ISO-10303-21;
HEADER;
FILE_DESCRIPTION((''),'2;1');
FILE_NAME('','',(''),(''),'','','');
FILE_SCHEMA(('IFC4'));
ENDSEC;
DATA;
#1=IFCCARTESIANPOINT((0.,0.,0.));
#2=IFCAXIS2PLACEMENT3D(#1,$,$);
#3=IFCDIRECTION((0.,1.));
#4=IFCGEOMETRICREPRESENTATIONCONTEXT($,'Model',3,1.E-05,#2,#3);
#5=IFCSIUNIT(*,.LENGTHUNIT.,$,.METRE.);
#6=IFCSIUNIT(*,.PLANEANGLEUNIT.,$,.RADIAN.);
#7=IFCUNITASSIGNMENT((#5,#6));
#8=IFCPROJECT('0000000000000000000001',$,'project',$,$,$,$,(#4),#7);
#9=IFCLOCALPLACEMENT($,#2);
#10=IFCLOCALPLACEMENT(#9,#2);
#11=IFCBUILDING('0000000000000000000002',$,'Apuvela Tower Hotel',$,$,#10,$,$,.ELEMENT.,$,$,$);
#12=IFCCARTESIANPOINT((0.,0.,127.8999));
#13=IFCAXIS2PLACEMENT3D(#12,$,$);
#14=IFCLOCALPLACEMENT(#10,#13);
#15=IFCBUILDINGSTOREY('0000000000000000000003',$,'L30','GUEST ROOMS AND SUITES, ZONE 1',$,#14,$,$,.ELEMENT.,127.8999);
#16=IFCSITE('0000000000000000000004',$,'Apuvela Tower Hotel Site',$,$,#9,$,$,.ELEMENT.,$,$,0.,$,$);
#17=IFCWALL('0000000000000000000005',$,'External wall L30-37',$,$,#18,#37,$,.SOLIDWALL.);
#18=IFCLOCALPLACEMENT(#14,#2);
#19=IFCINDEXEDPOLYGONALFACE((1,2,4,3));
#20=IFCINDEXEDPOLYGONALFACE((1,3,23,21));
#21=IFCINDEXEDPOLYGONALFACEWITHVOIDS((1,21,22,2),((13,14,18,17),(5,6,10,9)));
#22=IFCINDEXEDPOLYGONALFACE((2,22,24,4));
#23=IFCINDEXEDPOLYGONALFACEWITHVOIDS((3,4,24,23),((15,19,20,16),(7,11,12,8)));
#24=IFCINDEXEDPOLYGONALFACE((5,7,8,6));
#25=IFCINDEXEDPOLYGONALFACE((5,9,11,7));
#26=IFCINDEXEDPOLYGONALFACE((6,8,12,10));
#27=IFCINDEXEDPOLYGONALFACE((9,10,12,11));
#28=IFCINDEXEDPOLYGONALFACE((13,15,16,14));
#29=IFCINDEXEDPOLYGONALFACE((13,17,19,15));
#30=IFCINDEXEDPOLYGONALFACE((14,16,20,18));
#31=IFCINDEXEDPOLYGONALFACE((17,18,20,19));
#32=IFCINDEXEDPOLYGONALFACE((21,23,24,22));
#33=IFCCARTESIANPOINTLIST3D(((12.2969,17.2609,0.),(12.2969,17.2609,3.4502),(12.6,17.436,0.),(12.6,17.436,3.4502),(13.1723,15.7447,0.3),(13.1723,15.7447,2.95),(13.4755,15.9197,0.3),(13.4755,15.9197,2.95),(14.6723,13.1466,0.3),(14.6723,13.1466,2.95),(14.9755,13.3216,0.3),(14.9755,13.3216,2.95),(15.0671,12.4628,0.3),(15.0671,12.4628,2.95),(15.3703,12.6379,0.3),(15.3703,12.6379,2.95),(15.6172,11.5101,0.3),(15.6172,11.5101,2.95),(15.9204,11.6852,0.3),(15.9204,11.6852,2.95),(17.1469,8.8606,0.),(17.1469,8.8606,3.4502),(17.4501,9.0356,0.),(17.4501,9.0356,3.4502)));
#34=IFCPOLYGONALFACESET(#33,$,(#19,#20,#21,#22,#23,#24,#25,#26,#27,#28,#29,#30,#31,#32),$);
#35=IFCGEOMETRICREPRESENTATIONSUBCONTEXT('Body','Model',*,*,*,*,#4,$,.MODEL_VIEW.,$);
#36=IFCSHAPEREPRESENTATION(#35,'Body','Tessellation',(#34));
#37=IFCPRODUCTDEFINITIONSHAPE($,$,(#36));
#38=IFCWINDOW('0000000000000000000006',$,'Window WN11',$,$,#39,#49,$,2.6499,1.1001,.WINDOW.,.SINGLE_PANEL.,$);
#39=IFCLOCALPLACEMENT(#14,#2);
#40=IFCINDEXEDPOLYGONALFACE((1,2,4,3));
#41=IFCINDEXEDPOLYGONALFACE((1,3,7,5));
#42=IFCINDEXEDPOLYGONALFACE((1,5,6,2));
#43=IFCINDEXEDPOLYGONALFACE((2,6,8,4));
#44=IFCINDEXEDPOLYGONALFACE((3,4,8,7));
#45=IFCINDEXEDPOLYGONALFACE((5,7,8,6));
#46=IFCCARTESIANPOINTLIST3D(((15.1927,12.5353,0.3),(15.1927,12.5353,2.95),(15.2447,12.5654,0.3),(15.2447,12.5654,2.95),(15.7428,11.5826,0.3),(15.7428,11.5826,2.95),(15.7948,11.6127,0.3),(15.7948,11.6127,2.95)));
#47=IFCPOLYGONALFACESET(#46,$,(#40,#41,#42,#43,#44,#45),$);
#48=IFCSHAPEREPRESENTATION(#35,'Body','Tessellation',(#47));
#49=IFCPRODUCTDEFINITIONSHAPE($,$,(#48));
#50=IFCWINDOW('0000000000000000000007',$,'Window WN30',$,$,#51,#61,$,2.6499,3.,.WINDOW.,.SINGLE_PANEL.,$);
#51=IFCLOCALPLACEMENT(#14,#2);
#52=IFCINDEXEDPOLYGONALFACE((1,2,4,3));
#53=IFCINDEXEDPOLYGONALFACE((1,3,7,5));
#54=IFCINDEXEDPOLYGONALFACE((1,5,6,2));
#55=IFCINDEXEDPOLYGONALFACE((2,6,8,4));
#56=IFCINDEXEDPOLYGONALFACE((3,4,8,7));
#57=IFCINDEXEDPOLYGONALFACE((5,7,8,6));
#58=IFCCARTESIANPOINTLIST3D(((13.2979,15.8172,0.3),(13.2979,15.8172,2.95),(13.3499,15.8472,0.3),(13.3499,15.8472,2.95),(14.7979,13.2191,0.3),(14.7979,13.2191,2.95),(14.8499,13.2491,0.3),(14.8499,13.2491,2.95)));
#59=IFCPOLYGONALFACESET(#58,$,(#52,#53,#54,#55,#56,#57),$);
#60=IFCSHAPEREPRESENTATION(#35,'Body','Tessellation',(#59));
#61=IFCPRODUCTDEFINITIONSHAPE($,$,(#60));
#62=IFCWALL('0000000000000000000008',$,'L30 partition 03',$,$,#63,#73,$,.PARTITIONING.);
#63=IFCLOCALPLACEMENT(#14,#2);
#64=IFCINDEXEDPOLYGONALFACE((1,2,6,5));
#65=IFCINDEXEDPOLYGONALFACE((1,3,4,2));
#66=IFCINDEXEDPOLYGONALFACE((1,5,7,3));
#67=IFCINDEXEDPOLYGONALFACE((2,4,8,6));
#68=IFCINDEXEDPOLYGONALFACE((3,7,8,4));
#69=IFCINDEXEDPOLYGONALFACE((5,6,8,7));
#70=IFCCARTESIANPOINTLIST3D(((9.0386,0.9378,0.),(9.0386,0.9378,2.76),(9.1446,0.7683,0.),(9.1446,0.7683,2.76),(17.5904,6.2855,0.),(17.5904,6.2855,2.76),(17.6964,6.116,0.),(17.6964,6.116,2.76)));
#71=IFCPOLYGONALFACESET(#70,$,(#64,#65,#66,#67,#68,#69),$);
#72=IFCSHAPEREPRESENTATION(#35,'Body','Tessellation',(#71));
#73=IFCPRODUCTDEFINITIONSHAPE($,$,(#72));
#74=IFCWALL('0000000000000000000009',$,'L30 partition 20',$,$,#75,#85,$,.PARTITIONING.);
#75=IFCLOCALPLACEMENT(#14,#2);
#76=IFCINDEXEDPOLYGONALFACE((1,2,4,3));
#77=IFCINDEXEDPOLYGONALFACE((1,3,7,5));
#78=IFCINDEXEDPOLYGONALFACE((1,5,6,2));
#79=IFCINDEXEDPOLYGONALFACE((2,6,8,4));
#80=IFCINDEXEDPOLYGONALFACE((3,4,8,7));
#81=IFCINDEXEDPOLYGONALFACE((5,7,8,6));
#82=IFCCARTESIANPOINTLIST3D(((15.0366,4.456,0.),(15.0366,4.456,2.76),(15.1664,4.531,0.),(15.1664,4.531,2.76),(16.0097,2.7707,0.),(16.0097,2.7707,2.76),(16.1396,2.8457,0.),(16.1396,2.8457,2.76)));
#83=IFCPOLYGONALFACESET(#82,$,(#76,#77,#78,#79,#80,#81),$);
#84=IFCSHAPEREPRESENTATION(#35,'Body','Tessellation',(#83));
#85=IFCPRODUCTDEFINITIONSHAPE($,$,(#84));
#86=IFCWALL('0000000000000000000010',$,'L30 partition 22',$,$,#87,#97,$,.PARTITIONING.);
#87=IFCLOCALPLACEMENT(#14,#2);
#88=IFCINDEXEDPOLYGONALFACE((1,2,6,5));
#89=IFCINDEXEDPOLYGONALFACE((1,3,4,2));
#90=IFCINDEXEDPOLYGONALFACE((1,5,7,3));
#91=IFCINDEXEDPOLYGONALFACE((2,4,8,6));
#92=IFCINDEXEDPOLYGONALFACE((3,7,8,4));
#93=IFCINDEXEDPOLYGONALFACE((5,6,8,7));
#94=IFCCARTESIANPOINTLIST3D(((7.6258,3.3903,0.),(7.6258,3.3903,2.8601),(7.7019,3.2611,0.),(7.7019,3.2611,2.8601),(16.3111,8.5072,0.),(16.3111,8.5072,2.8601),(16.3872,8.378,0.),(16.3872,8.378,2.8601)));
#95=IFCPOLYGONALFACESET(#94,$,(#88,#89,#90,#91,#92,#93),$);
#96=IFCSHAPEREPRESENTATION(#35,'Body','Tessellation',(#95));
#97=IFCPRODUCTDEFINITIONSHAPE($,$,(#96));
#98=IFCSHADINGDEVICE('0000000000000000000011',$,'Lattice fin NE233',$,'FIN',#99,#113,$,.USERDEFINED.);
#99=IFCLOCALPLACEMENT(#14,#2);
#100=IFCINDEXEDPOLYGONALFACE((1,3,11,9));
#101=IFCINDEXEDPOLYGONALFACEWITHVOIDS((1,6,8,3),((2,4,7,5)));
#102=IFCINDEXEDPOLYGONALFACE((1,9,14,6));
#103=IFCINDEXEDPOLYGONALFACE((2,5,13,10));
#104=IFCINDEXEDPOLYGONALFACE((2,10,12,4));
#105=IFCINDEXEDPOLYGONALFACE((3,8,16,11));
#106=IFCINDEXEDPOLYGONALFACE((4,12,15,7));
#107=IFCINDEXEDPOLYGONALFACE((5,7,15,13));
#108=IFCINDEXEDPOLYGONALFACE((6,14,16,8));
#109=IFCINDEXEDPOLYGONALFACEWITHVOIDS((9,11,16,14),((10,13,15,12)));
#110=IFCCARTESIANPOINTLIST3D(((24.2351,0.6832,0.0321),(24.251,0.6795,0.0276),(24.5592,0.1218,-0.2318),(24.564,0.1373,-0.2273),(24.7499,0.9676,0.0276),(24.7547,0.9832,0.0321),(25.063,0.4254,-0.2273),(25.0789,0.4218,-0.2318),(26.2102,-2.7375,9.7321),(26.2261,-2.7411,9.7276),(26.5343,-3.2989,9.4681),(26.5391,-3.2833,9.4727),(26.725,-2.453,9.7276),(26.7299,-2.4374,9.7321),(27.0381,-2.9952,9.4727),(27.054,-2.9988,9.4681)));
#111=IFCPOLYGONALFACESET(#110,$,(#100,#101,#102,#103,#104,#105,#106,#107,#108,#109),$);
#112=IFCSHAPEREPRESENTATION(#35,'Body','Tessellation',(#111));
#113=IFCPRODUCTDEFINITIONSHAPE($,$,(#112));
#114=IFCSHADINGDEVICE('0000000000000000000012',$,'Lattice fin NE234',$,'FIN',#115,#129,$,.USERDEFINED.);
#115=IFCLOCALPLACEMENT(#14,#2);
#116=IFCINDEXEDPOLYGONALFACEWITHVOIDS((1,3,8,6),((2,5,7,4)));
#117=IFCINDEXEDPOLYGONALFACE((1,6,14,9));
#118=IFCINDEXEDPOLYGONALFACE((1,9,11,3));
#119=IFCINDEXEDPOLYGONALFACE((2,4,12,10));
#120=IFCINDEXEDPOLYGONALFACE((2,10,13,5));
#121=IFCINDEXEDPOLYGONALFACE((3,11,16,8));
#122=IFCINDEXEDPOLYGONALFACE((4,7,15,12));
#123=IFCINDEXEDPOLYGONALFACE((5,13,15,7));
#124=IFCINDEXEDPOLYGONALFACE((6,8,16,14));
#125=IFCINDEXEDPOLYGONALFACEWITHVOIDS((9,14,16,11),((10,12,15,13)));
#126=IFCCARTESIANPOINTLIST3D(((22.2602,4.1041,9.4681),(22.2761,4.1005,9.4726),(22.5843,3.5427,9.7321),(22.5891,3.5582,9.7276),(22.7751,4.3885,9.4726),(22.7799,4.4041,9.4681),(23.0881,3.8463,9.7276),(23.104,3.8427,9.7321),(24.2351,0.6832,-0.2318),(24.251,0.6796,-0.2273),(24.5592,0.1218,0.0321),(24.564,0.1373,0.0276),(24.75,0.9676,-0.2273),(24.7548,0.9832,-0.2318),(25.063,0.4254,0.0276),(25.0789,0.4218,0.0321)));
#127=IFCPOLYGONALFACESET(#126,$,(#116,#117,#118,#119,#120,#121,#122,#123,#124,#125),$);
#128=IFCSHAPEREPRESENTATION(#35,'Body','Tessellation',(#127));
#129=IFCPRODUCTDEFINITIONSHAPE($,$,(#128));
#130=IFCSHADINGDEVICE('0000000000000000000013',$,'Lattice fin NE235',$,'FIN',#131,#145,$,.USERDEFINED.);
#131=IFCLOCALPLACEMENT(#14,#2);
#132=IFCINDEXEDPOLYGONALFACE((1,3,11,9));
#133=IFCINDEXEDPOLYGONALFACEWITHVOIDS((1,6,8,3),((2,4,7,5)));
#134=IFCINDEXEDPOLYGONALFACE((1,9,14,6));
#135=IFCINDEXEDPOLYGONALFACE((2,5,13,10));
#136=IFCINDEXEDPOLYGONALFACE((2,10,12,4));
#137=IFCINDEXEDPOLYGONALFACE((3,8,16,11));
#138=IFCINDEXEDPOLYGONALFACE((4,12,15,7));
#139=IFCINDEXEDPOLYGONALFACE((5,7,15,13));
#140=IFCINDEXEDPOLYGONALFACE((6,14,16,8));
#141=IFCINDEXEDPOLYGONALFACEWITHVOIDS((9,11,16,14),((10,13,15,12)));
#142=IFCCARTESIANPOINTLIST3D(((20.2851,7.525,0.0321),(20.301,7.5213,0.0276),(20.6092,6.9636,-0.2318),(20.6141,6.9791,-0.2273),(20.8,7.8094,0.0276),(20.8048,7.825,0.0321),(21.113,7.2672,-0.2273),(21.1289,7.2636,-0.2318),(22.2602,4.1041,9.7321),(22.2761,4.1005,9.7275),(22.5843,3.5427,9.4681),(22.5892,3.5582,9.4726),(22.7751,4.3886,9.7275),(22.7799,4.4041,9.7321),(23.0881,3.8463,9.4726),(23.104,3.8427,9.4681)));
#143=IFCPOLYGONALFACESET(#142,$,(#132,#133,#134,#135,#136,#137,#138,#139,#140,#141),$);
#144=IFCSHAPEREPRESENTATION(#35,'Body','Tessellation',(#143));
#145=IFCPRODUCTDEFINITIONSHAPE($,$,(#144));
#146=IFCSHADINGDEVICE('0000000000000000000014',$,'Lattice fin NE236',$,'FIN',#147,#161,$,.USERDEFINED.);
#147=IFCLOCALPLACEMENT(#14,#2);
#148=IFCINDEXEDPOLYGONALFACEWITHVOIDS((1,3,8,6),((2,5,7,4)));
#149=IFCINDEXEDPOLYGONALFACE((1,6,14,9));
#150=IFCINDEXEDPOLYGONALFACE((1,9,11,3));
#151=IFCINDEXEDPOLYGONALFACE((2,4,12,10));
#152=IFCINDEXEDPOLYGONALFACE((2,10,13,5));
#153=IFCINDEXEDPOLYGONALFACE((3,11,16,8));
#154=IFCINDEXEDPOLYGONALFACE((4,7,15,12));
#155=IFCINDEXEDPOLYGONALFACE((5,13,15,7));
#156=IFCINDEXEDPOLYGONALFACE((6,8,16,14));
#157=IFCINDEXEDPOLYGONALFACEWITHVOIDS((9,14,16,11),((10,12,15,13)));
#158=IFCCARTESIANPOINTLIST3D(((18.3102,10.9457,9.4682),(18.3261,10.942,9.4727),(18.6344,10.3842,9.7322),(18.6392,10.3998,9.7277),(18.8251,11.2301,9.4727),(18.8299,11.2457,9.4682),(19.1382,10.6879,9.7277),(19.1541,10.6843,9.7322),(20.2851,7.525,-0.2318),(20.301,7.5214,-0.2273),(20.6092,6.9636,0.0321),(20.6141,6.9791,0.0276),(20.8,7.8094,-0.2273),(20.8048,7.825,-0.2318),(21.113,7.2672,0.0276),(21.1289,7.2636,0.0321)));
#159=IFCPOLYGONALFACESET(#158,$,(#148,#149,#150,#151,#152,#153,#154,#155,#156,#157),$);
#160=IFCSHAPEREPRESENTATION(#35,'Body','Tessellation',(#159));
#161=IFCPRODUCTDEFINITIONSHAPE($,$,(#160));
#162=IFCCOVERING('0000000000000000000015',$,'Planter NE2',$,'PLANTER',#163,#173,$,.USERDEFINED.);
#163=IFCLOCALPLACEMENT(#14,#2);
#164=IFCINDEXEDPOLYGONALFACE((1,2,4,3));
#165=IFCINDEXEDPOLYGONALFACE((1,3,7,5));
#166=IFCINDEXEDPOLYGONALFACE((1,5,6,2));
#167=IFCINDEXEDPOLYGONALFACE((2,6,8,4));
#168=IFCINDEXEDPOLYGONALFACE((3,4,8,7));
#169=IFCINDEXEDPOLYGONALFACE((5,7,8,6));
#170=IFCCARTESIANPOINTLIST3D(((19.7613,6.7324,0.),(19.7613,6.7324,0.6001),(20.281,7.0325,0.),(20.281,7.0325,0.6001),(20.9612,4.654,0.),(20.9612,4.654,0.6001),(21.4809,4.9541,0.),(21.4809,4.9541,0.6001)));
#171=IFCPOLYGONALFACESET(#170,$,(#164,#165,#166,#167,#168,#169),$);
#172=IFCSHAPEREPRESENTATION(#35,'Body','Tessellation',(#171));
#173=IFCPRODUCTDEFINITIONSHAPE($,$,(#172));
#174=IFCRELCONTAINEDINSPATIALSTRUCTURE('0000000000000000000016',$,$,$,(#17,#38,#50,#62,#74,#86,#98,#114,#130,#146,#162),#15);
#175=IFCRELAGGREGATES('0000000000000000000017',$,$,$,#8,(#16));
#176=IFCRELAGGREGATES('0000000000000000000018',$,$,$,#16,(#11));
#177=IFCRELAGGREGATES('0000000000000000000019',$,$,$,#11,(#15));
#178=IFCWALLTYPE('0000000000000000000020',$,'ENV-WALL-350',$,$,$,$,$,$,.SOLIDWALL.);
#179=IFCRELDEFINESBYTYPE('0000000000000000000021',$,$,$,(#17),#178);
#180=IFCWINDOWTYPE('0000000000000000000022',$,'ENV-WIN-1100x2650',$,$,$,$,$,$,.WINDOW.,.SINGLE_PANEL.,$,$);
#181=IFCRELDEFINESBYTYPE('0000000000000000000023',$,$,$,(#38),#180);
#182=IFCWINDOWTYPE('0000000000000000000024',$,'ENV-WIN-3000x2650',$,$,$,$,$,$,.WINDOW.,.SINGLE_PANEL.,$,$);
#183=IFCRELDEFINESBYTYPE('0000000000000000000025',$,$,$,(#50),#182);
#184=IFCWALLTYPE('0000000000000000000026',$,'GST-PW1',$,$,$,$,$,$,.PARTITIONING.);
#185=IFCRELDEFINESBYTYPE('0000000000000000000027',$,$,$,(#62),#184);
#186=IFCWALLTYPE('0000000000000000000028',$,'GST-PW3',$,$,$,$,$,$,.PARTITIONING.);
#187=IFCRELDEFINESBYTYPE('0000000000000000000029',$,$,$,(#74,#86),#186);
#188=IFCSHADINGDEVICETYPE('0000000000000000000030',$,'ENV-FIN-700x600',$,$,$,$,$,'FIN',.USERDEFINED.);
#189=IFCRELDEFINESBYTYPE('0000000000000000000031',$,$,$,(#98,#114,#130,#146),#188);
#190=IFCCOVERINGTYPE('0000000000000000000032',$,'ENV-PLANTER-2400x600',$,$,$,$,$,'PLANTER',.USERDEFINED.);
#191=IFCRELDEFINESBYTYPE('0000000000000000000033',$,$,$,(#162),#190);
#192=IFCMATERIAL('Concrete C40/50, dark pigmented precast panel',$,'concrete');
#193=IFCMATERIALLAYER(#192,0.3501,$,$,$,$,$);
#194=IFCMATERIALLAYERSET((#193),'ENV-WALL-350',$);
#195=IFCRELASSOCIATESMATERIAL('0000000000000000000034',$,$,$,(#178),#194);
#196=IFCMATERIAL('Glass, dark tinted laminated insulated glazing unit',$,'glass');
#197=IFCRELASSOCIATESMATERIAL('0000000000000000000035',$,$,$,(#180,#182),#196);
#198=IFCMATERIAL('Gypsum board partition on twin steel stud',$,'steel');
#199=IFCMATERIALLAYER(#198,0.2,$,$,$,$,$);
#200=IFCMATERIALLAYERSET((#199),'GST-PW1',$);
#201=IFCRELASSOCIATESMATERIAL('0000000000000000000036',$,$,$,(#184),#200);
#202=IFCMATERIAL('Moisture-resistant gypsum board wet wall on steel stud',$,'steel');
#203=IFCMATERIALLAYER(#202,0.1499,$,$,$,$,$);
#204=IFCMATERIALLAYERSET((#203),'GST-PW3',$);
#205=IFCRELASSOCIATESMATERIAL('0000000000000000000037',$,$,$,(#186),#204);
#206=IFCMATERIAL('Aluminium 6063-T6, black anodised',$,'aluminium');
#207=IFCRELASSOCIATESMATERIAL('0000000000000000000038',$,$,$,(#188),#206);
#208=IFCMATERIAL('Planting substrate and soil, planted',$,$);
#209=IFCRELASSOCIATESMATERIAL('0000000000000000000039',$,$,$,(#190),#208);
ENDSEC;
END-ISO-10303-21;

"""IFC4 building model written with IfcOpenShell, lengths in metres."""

from ifc_helpers import new_model, si_unit, direction, frame, frame_2d, origin, origin_2d, place, context, subcontext, project, spatial, rectangle, hollow_rectangle, extrude, material, layer, layer_set, material_profile, profile_set, type_object, element, fill, save


model = new_model("IFC4")

# Units and contexts
model_context = context("Model", 3, precision=1e-05, world=origin(), true_north=direction((0.0, 1.0)))
body_context = subcontext(model_context, "Body", "Model", "MODEL_VIEW")
ifc_project = project(units=[si_unit("LENGTHUNIT", "METRE"), si_unit("PLANEANGLEUNIT", "RADIAN")], contexts=[model_context])

# Site, building, storey
site_placement = place(None, origin())
site = spatial("IfcSite", under=ifc_project, at=site_placement, Name="Apuvela Tower Hotel Site", CompositionType="ELEMENT", RefElevation=0.0)
building_placement = place(site_placement, origin())
building = spatial("IfcBuilding", under=site, at=building_placement, Name="Apuvela Tower Hotel", CompositionType="ELEMENT")
storey_placement = place(building_placement, frame((0.0, 0.0, 127.8999)))
storey = spatial("IfcBuildingStorey", under=building, at=storey_placement, Name="L30", Description="GUEST ROOMS AND SUITES, ZONE 1", CompositionType="ELEMENT", Elevation=127.8999)

# Shared definitions
ifc_material_1 = material(Name="Concrete C40/50, dark pigmented precast panel", Category="concrete")
ifc_layer_1 = layer(ifc_material_1, 0.3501)
ifc_layer_set_1 = layer_set([ifc_layer_1], Name="ENV-WALL-350")
wall_type_1 = type_object("IfcWallType", Name="ENV-WALL-350", PredefinedType="SOLIDWALL", material=ifc_layer_set_1)

# Shared definitions
ifc_material_2 = material(Name="Glass, dark tinted laminated insulated glazing unit", Category="glass")

# Wall, openings, windows
wall_1_placement = place(storey_placement, frame((17.2986, 8.948, 0.0), z_axis=(0.0, 0.0, 1.0), x_axis=(-0.50001, 0.86602, 0.0)))
wall_1 = element("IfcWall", 1, at=wall_1_placement, inside=storey, type_object=wall_type_1, Name="External wall L30-37", PredefinedType="SOLIDWALL", context=body_context, shape_type="SweptSolid", body=[
    extrude(rectangle(XDim=9.7, YDim=0.3501, at=frame_2d((4.8501, 0.0))), origin(), (0.0, 0.0, 1.0), 3.4502),
])
opening_1_placement = place(wall_1_placement, frame((3.0596, 0.0, 0.3)))
opening_1 = element("IfcOpeningElement", 2, at=opening_1_placement, cuts=wall_1, PredefinedType="OPENING", context=body_context, shape_type="SweptSolid", body=[
    extrude(rectangle(XDim=1.1001, YDim=2.6499, at=frame_2d((0.55, 1.325))), frame((0.0, 0.1851, 0.0), z_axis=(0.0, -1.0, 0.0), x_axis=(1.0, 0.0, 0.0)), (0.0, 0.0, 1.0), 0.3701),
])
opening_2_placement = place(wall_1_placement, frame((4.9492, 0.0, 0.3)))
opening_2 = element("IfcOpeningElement", 3, at=opening_2_placement, cuts=wall_1, PredefinedType="OPENING", context=body_context, shape_type="SweptSolid", body=[
    extrude(rectangle(XDim=3.0, YDim=2.6499, at=frame_2d((1.5, 1.325))), frame((0.0, 0.1851, 0.0), z_axis=(0.0, -1.0, 0.0), x_axis=(1.0, 0.0, 0.0)), (0.0, 0.0, 1.0), 0.3701),
])
window_type_1 = type_object("IfcWindowType", Name="ENV-WIN-1100x2650", PartitioningType="SINGLE_PANEL", PredefinedType="WINDOW", material=ifc_material_2)
window_1_placement = place(opening_1_placement, origin())
window_1 = element("IfcWindow", 4, at=window_1_placement, inside=storey, type_object=window_type_1, Name="Window WN11", OverallHeight=2.6499, OverallWidth=1.1001, PartitioningType="SINGLE_PANEL", PredefinedType="WINDOW", context=body_context, shape_type="SweptSolid", body=[
    extrude(rectangle(XDim=1.1001, YDim=2.6499, at=frame_2d((0.55, 1.325))), frame((0.0, 0.03, 0.0), z_axis=(0.0, -1.0, 0.0), x_axis=(1.0, 0.0, 0.0)), (0.0, 0.0, 1.0), 0.0601),
])
fill(opening_1, window_1)
window_type_2 = type_object("IfcWindowType", Name="ENV-WIN-3000x2650", PartitioningType="SINGLE_PANEL", PredefinedType="WINDOW", material=ifc_material_2)
window_2_placement = place(opening_2_placement, origin())
window_2 = element("IfcWindow", 5, at=window_2_placement, inside=storey, type_object=window_type_2, Name="Window WN30", OverallHeight=2.6499, OverallWidth=3.0, PartitioningType="SINGLE_PANEL", PredefinedType="WINDOW", context=body_context, shape_type="SweptSolid", body=[
    extrude(rectangle(XDim=3.0, YDim=2.6499, at=frame_2d((1.5, 1.325))), frame((0.0, 0.03, 0.0), z_axis=(0.0, -1.0, 0.0), x_axis=(1.0, 0.0, 0.0)), (0.0, 0.0, 1.0), 0.0601),
])
fill(opening_2, window_2)

# Walls
ifc_material_3 = material(Name="Gypsum board partition on twin steel stud", Category="steel")
ifc_layer_2 = layer(ifc_material_3, 0.2)
ifc_layer_set_2 = layer_set([ifc_layer_2], Name="GST-PW1")
wall_type_2 = type_object("IfcWallType", Name="GST-PW1", PredefinedType="PARTITIONING", material=ifc_layer_set_2)
wall_2_placement = place(storey_placement, frame((17.6433, 6.2007, 0.0), z_axis=(0.0, 0.0, 1.0), x_axis=(-0.847873, -0.530199, 0.0)))
element("IfcWall", 6, at=wall_2_placement, inside=storey, type_object=wall_type_2, Name="L30 partition 03", PredefinedType="PARTITIONING", context=body_context, shape_type="SweptSolid", body=[
    extrude(rectangle(XDim=10.0862, YDim=0.2, at=frame_2d((5.043, 0.0))), origin(), (0.0, 0.0, 1.0), 2.76),
])
ifc_material_4 = material(Name="Moisture-resistant gypsum board wet wall on steel stud", Category="steel")
ifc_layer_3 = layer(ifc_material_4, 0.1499)
ifc_layer_set_3 = layer_set([ifc_layer_3], Name="GST-PW3")
wall_type_3 = type_object("IfcWallType", Name="GST-PW3", PredefinedType="PARTITIONING", material=ifc_layer_set_3)
wall_3_placement = place(storey_placement, frame((16.0747, 2.8081, 0.0), z_axis=(0.0, 0.0, 1.0), x_axis=(-0.500052, 0.865995, 0.0)))
element("IfcWall", 7, at=wall_3_placement, inside=storey, type_object=wall_type_3, Name="L30 partition 20", PredefinedType="PARTITIONING", context=body_context, shape_type="SweptSolid", body=[
    extrude(rectangle(XDim=1.946, YDim=0.1499, at=frame_2d((0.9731, 0.0))), origin(), (0.0, 0.0, 1.0), 2.76),
])
wall_4_placement = place(storey_placement, frame((16.3491, 8.4426, 0.0), z_axis=(0.0, 0.0, 1.0), x_axis=(-0.86159, -0.507605, 0.0)))
element("IfcWall", 8, at=wall_4_placement, inside=storey, type_object=wall_type_3, Name="L30 partition 22", PredefinedType="PARTITIONING", context=body_context, shape_type="SweptSolid", body=[
    extrude(rectangle(XDim=10.0806, YDim=0.1499, at=frame_2d((5.0403, 0.0))), origin(), (0.0, 0.0, 1.0), 2.8601),
])

# Shading devices
ifc_material_5 = material(Name="Aluminium 6063-T6, black anodised", Category="aluminium")
ifc_material_profile_1 = material_profile(ifc_material_5, hollow_rectangle(XDim=0.6001, YDim=0.7, WallThickness=0.012, at=origin_2d()), Name="AL BOX 700x600x12")
ifc_profile_set_1 = profile_set([ifc_material_profile_1], Name="Aluminium 6063-T6, black anodised")
shading_device_type = type_object("IfcShadingDeviceType", Name="ENV-FIN-700x600", ElementType="FIN", PredefinedType="USERDEFINED", material=ifc_profile_set_1)
for number, where, z_axis, x_axis, name in (
    (9, (24.657, 0.5525, -0.0999), (0.188583, -0.326606, 0.926156), (0.866005, 0.500035, 0.0), "Lattice fin NE233"),
    (10, (24.657, 0.5525, -0.0999), (-0.188559, 0.326628, 0.926153), (-0.866048, -0.499961, 0.0), "Lattice fin NE234"),
    (11, (20.707, 7.3943, -0.0999), (0.188582, -0.326627, 0.926149), (0.866021, 0.500008, 0.0), "Lattice fin NE235"),
    (12, (20.707, 7.3943, -0.0999), (-0.188561, 0.326607, 0.92616), (-0.866032, -0.499988, 0.0), "Lattice fin NE236"),
):
    element("IfcShadingDevice", number, at=place(storey_placement, frame(where, z_axis=z_axis, x_axis=x_axis)), inside=storey, type_object=shading_device_type, Name=name, ObjectType="FIN", PredefinedType="USERDEFINED", context=body_context, shape_type="SweptSolid", body=[
        extrude(hollow_rectangle(XDim=0.6001, YDim=0.7, WallThickness=0.012, at=origin_2d()), origin(), (0.0, 0.0, 1.0), 10.4734),
    ])

# Covering
ifc_material_6 = material(Name="Planting substrate and soil, planted")
covering_type = type_object("IfcCoveringType", Name="ENV-PLANTER-2400x600", ElementType="PLANTER", PredefinedType="USERDEFINED", material=ifc_material_6)
covering_placement = place(storey_placement, frame((20.6211, 5.8433, 0.0), z_axis=(0.0, 0.0, 1.0), x_axis=(-0.5, 0.866025, 0.0)))
element("IfcCovering", 13, at=covering_placement, inside=storey, type_object=covering_type, Name="Planter NE2", ObjectType="PLANTER", PredefinedType="USERDEFINED", context=body_context, shape_type="SweptSolid", body=[
    extrude(rectangle(XDim=2.3999, YDim=0.6001, at=origin_2d()), origin(), (0.0, 0.0, 1.0), 0.6001),
])

save(model, "model.ifc")
